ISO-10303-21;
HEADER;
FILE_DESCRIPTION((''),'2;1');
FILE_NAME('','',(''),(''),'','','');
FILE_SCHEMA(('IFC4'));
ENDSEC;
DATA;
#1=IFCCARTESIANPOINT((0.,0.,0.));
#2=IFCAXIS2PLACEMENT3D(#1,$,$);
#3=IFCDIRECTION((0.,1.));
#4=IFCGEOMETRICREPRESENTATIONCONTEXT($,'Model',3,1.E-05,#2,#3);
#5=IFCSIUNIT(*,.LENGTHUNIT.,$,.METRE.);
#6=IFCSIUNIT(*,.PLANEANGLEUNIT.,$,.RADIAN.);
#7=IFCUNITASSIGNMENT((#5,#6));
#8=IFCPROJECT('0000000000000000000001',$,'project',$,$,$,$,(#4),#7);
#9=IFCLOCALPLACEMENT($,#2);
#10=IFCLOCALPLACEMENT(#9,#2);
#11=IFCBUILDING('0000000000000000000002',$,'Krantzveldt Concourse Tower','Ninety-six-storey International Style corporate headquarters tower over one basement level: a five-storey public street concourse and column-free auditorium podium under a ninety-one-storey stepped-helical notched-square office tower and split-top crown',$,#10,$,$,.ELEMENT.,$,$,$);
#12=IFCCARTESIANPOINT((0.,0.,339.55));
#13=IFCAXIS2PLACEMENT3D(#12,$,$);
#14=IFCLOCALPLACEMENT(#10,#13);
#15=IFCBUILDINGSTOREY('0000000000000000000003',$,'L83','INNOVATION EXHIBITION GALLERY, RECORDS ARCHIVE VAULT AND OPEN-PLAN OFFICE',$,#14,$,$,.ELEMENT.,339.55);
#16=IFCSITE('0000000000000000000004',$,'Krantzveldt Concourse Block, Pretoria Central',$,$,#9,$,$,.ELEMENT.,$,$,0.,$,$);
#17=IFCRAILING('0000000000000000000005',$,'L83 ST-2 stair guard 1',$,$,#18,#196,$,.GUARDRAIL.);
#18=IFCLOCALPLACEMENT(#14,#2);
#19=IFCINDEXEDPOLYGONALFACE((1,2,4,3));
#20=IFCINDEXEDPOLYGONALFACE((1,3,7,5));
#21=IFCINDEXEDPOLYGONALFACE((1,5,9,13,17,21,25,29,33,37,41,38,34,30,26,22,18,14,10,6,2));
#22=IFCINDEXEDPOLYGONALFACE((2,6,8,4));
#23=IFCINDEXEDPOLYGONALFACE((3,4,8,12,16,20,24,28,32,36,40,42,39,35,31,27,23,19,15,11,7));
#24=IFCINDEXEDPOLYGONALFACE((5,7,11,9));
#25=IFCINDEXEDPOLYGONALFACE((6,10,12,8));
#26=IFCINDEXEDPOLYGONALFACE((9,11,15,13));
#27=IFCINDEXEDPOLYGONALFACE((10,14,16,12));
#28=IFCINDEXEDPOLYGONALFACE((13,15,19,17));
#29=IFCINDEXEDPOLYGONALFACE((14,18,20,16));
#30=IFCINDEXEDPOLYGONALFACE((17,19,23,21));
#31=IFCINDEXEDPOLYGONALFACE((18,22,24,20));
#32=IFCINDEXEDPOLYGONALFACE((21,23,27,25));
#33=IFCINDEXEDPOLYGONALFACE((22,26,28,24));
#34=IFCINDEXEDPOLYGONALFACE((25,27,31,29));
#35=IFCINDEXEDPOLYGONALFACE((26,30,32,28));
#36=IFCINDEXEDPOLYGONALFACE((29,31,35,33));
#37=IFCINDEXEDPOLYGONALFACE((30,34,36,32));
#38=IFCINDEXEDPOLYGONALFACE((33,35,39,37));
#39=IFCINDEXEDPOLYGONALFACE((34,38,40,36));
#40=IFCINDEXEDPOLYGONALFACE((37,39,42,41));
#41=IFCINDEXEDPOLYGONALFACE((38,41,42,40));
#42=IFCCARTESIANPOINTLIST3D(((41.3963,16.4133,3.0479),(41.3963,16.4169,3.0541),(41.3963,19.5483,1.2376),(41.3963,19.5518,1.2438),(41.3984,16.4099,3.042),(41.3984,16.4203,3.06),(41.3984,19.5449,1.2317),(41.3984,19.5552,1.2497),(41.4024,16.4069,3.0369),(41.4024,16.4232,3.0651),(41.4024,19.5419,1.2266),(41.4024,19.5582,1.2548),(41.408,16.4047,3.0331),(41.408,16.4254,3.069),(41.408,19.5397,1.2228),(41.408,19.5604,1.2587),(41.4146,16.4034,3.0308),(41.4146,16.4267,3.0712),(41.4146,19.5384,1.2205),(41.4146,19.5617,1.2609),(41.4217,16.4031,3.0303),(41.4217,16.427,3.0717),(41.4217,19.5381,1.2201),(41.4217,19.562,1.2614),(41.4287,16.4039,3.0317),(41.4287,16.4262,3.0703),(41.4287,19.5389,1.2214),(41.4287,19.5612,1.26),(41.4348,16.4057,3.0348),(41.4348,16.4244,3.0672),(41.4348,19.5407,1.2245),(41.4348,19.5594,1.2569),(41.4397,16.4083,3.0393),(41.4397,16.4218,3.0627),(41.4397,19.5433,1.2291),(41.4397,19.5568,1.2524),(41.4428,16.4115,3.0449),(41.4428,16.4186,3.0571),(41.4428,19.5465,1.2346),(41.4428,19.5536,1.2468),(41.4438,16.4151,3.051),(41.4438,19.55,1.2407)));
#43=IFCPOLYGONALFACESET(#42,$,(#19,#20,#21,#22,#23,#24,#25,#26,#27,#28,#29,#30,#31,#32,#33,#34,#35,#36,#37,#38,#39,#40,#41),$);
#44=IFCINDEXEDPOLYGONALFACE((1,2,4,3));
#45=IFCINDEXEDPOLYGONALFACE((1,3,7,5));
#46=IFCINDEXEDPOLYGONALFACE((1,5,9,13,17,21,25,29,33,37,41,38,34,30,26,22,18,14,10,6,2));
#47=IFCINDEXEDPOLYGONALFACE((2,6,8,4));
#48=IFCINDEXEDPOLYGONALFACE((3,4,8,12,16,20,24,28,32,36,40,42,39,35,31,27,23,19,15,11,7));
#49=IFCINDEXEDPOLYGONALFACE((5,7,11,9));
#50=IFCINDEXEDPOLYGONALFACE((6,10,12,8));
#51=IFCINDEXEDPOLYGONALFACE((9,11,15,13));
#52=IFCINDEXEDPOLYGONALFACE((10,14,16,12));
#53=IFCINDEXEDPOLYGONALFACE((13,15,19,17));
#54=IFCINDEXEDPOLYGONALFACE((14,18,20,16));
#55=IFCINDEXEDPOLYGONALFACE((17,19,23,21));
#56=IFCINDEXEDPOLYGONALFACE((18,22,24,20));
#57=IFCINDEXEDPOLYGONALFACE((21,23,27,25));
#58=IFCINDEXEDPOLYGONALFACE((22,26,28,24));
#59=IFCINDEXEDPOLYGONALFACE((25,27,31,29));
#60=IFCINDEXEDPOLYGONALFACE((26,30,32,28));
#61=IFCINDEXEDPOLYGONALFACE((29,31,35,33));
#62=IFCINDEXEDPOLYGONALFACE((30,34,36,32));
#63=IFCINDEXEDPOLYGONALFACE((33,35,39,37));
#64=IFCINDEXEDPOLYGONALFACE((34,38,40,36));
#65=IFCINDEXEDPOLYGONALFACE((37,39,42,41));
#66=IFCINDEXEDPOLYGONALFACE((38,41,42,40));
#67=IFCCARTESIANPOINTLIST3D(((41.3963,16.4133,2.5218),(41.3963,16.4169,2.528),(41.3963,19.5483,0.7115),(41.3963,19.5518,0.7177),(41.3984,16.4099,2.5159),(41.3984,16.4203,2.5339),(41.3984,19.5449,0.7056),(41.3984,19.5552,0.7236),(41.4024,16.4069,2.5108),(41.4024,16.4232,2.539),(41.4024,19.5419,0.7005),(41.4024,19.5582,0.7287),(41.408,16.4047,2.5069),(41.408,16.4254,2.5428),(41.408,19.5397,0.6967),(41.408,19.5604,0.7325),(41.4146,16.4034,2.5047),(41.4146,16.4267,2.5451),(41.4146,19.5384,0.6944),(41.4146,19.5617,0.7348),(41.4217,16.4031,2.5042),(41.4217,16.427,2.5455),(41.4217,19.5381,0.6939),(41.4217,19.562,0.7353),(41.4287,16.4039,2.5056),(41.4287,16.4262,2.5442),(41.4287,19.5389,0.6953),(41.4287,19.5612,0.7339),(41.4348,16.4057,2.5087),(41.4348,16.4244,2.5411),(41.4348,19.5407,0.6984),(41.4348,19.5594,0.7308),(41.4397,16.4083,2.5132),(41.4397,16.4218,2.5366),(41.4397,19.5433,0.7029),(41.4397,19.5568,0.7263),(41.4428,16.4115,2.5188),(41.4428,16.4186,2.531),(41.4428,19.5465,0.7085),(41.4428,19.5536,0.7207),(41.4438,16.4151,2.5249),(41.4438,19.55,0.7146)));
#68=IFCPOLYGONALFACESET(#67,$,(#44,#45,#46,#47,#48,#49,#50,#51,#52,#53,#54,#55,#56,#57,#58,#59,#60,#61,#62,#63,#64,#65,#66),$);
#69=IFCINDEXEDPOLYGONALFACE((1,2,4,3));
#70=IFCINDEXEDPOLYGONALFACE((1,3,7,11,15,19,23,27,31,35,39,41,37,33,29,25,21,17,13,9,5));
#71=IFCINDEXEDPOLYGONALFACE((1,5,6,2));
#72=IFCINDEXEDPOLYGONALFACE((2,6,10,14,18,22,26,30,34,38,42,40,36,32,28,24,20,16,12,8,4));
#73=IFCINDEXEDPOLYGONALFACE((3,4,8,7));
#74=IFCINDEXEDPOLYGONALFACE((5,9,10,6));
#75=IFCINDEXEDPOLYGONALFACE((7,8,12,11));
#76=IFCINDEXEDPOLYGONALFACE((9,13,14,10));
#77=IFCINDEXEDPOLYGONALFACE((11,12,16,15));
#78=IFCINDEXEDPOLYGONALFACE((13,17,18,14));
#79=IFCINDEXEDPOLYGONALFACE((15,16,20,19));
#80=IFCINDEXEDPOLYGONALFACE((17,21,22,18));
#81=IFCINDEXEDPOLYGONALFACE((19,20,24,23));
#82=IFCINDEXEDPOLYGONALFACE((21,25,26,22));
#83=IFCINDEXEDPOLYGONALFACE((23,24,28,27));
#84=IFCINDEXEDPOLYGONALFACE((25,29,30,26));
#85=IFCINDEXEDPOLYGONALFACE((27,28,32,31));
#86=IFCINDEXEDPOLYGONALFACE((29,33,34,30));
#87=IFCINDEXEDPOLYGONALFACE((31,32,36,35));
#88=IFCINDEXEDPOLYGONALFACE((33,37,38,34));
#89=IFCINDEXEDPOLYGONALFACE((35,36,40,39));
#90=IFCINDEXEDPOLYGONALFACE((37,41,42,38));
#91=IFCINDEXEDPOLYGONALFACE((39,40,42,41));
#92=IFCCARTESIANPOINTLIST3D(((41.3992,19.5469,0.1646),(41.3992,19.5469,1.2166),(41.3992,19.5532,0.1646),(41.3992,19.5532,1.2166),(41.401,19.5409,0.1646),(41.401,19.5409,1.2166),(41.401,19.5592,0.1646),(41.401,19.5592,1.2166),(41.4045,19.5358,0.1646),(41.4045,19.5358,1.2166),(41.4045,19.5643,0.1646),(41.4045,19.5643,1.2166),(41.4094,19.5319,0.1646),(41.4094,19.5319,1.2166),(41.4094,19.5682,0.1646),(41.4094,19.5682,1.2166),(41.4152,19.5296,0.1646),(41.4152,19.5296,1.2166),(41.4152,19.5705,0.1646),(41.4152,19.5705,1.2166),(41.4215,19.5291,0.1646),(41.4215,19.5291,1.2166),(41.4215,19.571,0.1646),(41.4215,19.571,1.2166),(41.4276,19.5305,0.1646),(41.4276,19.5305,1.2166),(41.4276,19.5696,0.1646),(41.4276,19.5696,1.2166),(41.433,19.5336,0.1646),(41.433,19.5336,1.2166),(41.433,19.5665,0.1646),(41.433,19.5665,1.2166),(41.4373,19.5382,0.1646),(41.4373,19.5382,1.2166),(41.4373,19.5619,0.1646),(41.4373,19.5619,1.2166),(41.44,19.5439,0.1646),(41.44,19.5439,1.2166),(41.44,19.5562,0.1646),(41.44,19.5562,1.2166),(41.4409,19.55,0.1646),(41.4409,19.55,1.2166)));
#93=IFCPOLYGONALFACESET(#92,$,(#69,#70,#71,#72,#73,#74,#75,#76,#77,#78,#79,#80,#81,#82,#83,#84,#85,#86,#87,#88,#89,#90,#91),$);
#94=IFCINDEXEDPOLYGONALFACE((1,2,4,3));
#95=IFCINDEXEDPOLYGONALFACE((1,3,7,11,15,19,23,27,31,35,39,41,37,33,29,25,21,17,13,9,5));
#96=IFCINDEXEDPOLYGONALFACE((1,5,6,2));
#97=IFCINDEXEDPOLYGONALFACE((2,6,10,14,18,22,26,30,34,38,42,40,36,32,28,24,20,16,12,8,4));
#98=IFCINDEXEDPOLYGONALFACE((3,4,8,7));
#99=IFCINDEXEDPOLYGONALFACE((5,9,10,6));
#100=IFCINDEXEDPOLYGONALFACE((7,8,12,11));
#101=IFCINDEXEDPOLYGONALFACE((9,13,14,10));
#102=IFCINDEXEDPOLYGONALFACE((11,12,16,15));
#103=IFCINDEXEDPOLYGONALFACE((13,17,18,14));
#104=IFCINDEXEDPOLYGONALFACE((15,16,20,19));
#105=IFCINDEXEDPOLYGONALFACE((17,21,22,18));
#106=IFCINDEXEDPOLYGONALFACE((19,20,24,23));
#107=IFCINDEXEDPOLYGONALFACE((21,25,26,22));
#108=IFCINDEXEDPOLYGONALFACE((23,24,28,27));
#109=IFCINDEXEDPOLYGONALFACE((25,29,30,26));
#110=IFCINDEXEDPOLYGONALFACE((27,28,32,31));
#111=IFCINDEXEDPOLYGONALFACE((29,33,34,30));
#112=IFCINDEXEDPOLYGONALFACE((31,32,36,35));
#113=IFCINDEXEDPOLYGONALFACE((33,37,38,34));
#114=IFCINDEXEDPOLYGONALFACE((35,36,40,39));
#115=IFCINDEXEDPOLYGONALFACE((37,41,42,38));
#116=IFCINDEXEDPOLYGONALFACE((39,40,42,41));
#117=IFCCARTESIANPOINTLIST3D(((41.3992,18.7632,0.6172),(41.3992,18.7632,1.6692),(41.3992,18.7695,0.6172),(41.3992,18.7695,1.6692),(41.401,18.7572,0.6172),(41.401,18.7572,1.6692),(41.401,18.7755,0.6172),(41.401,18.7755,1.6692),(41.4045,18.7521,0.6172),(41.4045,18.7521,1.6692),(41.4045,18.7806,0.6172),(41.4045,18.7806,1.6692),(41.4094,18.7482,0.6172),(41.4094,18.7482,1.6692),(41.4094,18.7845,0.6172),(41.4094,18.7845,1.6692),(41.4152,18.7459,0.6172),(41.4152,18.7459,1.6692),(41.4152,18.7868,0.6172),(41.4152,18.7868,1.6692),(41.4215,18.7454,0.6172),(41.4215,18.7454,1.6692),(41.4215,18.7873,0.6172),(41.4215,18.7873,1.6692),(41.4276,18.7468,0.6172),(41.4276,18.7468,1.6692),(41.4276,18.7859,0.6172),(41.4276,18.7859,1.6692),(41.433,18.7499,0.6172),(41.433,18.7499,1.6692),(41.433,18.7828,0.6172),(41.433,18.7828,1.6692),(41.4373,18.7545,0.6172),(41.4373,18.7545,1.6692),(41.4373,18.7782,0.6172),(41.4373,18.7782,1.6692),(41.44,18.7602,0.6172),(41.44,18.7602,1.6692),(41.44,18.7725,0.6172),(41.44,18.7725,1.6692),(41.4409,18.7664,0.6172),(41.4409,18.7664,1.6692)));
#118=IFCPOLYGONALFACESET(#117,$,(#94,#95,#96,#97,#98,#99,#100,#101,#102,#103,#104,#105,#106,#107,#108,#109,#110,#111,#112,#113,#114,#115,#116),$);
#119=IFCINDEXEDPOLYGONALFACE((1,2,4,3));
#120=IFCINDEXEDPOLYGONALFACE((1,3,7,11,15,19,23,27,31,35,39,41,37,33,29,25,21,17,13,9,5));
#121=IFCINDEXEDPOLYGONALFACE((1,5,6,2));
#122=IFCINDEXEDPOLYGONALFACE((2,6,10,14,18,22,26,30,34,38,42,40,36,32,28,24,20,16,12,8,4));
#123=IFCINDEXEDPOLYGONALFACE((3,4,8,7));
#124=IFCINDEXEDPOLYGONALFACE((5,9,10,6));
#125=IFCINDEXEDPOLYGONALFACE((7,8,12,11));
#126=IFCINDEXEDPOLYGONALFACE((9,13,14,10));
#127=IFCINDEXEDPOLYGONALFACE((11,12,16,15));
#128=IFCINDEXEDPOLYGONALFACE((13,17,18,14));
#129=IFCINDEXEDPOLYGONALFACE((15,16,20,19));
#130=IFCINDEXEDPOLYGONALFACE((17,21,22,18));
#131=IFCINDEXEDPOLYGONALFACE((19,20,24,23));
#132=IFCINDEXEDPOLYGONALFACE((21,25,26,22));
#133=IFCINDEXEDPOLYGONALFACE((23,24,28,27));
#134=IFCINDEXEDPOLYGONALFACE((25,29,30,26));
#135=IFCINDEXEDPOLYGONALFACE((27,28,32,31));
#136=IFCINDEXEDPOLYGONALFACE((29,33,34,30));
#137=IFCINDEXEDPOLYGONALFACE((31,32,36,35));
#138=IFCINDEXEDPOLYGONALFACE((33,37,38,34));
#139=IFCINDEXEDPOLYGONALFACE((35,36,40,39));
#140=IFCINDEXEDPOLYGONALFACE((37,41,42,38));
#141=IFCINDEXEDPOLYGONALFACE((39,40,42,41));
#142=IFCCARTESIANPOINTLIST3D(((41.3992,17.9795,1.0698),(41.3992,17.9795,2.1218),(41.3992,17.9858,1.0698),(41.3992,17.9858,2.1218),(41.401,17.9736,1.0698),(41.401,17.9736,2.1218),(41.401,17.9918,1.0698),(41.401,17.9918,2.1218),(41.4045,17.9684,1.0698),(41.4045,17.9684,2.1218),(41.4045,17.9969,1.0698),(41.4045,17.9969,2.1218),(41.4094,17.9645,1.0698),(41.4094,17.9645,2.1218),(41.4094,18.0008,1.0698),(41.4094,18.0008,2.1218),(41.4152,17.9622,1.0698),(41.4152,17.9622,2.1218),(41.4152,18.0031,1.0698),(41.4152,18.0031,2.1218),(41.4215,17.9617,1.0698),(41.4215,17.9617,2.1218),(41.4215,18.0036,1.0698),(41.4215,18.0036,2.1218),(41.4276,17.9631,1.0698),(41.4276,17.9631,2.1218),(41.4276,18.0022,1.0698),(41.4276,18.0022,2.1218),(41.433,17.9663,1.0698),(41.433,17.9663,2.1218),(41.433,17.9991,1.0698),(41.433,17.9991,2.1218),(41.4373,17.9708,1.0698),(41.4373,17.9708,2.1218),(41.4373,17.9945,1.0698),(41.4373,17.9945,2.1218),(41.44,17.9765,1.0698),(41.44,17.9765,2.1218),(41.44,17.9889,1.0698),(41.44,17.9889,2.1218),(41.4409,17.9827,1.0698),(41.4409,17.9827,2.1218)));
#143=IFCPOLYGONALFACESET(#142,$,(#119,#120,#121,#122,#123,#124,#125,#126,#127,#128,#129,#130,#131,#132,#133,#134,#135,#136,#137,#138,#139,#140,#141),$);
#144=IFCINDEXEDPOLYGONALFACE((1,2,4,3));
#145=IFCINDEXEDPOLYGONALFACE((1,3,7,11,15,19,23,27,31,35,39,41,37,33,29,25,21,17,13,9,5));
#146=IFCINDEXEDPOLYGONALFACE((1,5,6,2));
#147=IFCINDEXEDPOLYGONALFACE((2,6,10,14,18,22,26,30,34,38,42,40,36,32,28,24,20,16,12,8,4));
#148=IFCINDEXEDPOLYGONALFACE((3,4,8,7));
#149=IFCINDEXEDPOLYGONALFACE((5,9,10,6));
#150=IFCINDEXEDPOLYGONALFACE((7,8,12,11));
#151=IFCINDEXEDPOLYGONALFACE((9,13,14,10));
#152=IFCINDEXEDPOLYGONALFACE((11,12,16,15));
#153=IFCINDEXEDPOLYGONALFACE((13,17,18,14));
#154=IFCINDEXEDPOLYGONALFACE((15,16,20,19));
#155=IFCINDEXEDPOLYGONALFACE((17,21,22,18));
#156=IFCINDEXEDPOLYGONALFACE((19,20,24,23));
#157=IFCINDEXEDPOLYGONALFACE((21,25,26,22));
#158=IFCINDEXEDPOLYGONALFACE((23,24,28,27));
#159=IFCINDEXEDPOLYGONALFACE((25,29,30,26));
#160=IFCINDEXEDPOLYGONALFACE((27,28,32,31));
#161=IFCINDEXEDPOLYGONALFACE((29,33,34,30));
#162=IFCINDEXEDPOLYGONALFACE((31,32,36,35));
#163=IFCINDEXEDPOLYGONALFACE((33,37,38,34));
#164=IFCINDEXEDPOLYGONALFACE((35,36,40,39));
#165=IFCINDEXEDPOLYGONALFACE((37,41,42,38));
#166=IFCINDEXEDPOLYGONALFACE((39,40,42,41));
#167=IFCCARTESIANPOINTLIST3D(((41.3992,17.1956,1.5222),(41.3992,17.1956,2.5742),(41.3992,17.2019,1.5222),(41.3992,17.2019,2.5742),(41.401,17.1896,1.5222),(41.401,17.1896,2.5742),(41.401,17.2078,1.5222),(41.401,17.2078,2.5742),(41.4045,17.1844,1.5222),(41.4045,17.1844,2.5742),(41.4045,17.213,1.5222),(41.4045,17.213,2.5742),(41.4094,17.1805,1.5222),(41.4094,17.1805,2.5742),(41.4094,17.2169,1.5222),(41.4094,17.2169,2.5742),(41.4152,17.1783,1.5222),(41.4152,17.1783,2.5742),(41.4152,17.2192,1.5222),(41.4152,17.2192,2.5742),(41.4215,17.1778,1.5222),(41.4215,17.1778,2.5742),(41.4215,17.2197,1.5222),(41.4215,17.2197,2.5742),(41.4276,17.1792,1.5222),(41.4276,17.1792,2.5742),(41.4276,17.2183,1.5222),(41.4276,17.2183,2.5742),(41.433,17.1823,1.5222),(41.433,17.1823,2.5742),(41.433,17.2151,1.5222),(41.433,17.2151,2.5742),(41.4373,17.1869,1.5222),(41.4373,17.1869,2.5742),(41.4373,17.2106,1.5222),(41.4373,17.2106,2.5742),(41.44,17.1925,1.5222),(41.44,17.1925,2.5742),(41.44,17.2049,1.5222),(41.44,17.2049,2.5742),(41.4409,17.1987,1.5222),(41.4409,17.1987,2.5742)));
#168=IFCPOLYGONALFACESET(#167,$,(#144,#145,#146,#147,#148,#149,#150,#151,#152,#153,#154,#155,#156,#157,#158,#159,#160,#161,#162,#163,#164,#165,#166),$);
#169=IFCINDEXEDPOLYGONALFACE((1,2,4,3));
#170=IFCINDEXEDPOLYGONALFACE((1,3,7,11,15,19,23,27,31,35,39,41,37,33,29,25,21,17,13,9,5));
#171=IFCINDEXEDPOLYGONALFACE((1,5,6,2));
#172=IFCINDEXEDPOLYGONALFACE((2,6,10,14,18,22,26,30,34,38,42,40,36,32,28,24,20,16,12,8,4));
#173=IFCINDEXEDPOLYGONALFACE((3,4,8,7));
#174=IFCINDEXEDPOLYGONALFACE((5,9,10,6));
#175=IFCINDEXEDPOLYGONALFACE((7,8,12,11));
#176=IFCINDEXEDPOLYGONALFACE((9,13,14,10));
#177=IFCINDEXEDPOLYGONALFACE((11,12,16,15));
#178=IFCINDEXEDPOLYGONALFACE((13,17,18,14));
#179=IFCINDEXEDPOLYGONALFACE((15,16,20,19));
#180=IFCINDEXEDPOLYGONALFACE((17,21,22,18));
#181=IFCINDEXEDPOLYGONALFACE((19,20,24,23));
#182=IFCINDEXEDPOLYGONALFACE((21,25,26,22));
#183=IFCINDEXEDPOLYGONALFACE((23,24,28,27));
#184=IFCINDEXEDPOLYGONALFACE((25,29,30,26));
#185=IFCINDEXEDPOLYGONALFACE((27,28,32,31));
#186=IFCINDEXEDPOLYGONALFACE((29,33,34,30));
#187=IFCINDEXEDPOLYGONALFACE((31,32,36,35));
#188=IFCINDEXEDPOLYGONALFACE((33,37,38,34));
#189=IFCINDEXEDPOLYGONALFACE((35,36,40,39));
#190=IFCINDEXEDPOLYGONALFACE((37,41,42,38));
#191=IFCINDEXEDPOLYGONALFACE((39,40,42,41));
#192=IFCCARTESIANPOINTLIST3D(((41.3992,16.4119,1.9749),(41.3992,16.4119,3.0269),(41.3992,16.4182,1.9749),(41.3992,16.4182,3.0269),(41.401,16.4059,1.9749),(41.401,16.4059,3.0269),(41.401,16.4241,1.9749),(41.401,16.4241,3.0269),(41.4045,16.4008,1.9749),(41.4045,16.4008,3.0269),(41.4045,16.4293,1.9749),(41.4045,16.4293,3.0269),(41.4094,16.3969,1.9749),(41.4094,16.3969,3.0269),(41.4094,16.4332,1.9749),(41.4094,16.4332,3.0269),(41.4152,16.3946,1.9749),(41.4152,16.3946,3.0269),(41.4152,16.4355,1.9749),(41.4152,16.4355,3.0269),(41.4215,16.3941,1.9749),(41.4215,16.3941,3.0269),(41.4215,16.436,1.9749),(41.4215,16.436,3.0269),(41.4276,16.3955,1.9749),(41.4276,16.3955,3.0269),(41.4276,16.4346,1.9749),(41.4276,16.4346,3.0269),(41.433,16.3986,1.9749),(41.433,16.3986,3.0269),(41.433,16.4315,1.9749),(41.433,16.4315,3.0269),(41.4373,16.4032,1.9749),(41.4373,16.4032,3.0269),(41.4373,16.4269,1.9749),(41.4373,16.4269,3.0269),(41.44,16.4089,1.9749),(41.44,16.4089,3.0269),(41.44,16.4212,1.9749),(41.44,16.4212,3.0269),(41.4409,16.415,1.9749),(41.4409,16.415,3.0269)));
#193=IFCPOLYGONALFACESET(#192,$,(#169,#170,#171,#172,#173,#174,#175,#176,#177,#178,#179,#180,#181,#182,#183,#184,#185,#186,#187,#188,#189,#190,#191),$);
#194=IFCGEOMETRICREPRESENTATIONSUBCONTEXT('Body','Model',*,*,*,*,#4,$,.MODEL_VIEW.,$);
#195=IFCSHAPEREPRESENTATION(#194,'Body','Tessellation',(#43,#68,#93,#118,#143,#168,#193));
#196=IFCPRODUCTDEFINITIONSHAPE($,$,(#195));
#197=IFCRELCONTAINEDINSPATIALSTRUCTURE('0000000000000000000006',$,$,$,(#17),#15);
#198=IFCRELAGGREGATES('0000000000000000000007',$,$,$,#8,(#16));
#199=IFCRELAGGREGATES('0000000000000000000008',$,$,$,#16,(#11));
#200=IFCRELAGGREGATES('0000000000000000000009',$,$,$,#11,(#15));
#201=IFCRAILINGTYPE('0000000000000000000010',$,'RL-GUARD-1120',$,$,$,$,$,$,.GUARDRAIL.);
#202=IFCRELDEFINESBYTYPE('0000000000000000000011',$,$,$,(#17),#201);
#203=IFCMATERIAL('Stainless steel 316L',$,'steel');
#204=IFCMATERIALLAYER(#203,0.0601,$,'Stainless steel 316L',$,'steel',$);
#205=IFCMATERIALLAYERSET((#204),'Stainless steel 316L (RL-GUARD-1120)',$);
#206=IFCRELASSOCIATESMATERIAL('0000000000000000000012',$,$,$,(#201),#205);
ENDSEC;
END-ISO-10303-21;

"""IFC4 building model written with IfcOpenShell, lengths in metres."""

from ifc_helpers import new_model, si_unit, direction, frame, origin, origin_2d, place, context, subcontext, project, spatial, circle, extrude, material, layer, layer_set, type_object, element, save


model = new_model("IFC4")

# Units and contexts
model_context = context("Model", 3, precision=1e-05, world=origin(), true_north=direction((0.0, 1.0)))
body_context = subcontext(model_context, "Body", "Model", "MODEL_VIEW")
ifc_project = project(units=[si_unit("LENGTHUNIT", "METRE"), si_unit("PLANEANGLEUNIT", "RADIAN")], contexts=[model_context])

# Site, building, storey
site_placement = place(None, origin())
site = spatial("IfcSite", under=ifc_project, at=site_placement, Name="Krantzveldt Concourse Block, Pretoria Central", CompositionType="ELEMENT", RefElevation=0.0)
building_placement = place(site_placement, origin())
building = spatial("IfcBuilding", under=site, at=building_placement, Name="Krantzveldt Concourse Tower", Description="Ninety-six-storey International Style corporate headquarters tower over one basement level: a five-storey public street concourse and column-free auditorium podium under a ninety-one-storey stepped-helical notched-square office tower and split-top crown", CompositionType="ELEMENT")
storey_placement = place(building_placement, frame((0.0, 0.0, 339.55)))
storey = spatial("IfcBuildingStorey", under=building, at=storey_placement, Name="L83", Description="INNOVATION EXHIBITION GALLERY, RECORDS ARCHIVE VAULT AND OPEN-PLAN OFFICE", CompositionType="ELEMENT", Elevation=339.55)

# Shared definitions
ifc_material_1 = material(Name="Stainless steel 316L", Category="steel")

# Railing
ifc_layer_1 = layer(ifc_material_1, 0.0601, Name="Stainless steel 316L", Category="steel")
ifc_layer_set_1 = layer_set([ifc_layer_1], Name="Stainless steel 316L (RL-GUARD-1120)")
railing_type_1 = type_object("IfcRailingType", Name="RL-GUARD-1120", PredefinedType="GUARDRAIL", material=ifc_layer_set_1)
railing_1_placement = place(storey_placement, frame((41.4199, 19.55, 0.1646)))
element("IfcRailing", 1, at=railing_1_placement, inside=storey, type_object=railing_type_1, Name="L83 ST-2 stair guard 1", PredefinedType="GUARDRAIL", context=body_context, shape_type="SweptSolid", body=[
    extrude(circle(Radius=0.0239, at=origin_2d()), frame((0.0, 0.0, 1.0762), z_axis=(0.0, -0.865989, 0.500063), x_axis=(1.0, 0.0, 0.0)), (0.0, 0.0, 1.0), 3.6201),
    extrude(circle(Radius=0.0239, at=origin_2d()), frame((0.0, 0.0, 0.55), z_axis=(0.0, -0.865989, 0.500063), x_axis=(1.0, 0.0, 0.0)), (0.0, 0.0, 1.0), 3.6201),
    extrude(circle(Radius=0.021, at=origin_2d()), origin(), (0.0, 0.0, 1.0), 1.052),
    extrude(circle(Radius=0.021, at=origin_2d()), frame((0.0, -0.7837, 0.4526)), (0.0, 0.0, 1.0), 1.052),
    extrude(circle(Radius=0.021, at=origin_2d()), frame((0.0, -1.5674, 0.9053)), (0.0, 0.0, 1.0), 1.052),
    extrude(circle(Radius=0.021, at=origin_2d()), frame((0.0, -2.3513, 1.3577)), (0.0, 0.0, 1.0), 1.052),
    extrude(circle(Radius=0.021, at=origin_2d()), frame((0.0, -3.135, 1.8103)), (0.0, 0.0, 1.0), 1.052),
])

save(model, "model.ifc")
